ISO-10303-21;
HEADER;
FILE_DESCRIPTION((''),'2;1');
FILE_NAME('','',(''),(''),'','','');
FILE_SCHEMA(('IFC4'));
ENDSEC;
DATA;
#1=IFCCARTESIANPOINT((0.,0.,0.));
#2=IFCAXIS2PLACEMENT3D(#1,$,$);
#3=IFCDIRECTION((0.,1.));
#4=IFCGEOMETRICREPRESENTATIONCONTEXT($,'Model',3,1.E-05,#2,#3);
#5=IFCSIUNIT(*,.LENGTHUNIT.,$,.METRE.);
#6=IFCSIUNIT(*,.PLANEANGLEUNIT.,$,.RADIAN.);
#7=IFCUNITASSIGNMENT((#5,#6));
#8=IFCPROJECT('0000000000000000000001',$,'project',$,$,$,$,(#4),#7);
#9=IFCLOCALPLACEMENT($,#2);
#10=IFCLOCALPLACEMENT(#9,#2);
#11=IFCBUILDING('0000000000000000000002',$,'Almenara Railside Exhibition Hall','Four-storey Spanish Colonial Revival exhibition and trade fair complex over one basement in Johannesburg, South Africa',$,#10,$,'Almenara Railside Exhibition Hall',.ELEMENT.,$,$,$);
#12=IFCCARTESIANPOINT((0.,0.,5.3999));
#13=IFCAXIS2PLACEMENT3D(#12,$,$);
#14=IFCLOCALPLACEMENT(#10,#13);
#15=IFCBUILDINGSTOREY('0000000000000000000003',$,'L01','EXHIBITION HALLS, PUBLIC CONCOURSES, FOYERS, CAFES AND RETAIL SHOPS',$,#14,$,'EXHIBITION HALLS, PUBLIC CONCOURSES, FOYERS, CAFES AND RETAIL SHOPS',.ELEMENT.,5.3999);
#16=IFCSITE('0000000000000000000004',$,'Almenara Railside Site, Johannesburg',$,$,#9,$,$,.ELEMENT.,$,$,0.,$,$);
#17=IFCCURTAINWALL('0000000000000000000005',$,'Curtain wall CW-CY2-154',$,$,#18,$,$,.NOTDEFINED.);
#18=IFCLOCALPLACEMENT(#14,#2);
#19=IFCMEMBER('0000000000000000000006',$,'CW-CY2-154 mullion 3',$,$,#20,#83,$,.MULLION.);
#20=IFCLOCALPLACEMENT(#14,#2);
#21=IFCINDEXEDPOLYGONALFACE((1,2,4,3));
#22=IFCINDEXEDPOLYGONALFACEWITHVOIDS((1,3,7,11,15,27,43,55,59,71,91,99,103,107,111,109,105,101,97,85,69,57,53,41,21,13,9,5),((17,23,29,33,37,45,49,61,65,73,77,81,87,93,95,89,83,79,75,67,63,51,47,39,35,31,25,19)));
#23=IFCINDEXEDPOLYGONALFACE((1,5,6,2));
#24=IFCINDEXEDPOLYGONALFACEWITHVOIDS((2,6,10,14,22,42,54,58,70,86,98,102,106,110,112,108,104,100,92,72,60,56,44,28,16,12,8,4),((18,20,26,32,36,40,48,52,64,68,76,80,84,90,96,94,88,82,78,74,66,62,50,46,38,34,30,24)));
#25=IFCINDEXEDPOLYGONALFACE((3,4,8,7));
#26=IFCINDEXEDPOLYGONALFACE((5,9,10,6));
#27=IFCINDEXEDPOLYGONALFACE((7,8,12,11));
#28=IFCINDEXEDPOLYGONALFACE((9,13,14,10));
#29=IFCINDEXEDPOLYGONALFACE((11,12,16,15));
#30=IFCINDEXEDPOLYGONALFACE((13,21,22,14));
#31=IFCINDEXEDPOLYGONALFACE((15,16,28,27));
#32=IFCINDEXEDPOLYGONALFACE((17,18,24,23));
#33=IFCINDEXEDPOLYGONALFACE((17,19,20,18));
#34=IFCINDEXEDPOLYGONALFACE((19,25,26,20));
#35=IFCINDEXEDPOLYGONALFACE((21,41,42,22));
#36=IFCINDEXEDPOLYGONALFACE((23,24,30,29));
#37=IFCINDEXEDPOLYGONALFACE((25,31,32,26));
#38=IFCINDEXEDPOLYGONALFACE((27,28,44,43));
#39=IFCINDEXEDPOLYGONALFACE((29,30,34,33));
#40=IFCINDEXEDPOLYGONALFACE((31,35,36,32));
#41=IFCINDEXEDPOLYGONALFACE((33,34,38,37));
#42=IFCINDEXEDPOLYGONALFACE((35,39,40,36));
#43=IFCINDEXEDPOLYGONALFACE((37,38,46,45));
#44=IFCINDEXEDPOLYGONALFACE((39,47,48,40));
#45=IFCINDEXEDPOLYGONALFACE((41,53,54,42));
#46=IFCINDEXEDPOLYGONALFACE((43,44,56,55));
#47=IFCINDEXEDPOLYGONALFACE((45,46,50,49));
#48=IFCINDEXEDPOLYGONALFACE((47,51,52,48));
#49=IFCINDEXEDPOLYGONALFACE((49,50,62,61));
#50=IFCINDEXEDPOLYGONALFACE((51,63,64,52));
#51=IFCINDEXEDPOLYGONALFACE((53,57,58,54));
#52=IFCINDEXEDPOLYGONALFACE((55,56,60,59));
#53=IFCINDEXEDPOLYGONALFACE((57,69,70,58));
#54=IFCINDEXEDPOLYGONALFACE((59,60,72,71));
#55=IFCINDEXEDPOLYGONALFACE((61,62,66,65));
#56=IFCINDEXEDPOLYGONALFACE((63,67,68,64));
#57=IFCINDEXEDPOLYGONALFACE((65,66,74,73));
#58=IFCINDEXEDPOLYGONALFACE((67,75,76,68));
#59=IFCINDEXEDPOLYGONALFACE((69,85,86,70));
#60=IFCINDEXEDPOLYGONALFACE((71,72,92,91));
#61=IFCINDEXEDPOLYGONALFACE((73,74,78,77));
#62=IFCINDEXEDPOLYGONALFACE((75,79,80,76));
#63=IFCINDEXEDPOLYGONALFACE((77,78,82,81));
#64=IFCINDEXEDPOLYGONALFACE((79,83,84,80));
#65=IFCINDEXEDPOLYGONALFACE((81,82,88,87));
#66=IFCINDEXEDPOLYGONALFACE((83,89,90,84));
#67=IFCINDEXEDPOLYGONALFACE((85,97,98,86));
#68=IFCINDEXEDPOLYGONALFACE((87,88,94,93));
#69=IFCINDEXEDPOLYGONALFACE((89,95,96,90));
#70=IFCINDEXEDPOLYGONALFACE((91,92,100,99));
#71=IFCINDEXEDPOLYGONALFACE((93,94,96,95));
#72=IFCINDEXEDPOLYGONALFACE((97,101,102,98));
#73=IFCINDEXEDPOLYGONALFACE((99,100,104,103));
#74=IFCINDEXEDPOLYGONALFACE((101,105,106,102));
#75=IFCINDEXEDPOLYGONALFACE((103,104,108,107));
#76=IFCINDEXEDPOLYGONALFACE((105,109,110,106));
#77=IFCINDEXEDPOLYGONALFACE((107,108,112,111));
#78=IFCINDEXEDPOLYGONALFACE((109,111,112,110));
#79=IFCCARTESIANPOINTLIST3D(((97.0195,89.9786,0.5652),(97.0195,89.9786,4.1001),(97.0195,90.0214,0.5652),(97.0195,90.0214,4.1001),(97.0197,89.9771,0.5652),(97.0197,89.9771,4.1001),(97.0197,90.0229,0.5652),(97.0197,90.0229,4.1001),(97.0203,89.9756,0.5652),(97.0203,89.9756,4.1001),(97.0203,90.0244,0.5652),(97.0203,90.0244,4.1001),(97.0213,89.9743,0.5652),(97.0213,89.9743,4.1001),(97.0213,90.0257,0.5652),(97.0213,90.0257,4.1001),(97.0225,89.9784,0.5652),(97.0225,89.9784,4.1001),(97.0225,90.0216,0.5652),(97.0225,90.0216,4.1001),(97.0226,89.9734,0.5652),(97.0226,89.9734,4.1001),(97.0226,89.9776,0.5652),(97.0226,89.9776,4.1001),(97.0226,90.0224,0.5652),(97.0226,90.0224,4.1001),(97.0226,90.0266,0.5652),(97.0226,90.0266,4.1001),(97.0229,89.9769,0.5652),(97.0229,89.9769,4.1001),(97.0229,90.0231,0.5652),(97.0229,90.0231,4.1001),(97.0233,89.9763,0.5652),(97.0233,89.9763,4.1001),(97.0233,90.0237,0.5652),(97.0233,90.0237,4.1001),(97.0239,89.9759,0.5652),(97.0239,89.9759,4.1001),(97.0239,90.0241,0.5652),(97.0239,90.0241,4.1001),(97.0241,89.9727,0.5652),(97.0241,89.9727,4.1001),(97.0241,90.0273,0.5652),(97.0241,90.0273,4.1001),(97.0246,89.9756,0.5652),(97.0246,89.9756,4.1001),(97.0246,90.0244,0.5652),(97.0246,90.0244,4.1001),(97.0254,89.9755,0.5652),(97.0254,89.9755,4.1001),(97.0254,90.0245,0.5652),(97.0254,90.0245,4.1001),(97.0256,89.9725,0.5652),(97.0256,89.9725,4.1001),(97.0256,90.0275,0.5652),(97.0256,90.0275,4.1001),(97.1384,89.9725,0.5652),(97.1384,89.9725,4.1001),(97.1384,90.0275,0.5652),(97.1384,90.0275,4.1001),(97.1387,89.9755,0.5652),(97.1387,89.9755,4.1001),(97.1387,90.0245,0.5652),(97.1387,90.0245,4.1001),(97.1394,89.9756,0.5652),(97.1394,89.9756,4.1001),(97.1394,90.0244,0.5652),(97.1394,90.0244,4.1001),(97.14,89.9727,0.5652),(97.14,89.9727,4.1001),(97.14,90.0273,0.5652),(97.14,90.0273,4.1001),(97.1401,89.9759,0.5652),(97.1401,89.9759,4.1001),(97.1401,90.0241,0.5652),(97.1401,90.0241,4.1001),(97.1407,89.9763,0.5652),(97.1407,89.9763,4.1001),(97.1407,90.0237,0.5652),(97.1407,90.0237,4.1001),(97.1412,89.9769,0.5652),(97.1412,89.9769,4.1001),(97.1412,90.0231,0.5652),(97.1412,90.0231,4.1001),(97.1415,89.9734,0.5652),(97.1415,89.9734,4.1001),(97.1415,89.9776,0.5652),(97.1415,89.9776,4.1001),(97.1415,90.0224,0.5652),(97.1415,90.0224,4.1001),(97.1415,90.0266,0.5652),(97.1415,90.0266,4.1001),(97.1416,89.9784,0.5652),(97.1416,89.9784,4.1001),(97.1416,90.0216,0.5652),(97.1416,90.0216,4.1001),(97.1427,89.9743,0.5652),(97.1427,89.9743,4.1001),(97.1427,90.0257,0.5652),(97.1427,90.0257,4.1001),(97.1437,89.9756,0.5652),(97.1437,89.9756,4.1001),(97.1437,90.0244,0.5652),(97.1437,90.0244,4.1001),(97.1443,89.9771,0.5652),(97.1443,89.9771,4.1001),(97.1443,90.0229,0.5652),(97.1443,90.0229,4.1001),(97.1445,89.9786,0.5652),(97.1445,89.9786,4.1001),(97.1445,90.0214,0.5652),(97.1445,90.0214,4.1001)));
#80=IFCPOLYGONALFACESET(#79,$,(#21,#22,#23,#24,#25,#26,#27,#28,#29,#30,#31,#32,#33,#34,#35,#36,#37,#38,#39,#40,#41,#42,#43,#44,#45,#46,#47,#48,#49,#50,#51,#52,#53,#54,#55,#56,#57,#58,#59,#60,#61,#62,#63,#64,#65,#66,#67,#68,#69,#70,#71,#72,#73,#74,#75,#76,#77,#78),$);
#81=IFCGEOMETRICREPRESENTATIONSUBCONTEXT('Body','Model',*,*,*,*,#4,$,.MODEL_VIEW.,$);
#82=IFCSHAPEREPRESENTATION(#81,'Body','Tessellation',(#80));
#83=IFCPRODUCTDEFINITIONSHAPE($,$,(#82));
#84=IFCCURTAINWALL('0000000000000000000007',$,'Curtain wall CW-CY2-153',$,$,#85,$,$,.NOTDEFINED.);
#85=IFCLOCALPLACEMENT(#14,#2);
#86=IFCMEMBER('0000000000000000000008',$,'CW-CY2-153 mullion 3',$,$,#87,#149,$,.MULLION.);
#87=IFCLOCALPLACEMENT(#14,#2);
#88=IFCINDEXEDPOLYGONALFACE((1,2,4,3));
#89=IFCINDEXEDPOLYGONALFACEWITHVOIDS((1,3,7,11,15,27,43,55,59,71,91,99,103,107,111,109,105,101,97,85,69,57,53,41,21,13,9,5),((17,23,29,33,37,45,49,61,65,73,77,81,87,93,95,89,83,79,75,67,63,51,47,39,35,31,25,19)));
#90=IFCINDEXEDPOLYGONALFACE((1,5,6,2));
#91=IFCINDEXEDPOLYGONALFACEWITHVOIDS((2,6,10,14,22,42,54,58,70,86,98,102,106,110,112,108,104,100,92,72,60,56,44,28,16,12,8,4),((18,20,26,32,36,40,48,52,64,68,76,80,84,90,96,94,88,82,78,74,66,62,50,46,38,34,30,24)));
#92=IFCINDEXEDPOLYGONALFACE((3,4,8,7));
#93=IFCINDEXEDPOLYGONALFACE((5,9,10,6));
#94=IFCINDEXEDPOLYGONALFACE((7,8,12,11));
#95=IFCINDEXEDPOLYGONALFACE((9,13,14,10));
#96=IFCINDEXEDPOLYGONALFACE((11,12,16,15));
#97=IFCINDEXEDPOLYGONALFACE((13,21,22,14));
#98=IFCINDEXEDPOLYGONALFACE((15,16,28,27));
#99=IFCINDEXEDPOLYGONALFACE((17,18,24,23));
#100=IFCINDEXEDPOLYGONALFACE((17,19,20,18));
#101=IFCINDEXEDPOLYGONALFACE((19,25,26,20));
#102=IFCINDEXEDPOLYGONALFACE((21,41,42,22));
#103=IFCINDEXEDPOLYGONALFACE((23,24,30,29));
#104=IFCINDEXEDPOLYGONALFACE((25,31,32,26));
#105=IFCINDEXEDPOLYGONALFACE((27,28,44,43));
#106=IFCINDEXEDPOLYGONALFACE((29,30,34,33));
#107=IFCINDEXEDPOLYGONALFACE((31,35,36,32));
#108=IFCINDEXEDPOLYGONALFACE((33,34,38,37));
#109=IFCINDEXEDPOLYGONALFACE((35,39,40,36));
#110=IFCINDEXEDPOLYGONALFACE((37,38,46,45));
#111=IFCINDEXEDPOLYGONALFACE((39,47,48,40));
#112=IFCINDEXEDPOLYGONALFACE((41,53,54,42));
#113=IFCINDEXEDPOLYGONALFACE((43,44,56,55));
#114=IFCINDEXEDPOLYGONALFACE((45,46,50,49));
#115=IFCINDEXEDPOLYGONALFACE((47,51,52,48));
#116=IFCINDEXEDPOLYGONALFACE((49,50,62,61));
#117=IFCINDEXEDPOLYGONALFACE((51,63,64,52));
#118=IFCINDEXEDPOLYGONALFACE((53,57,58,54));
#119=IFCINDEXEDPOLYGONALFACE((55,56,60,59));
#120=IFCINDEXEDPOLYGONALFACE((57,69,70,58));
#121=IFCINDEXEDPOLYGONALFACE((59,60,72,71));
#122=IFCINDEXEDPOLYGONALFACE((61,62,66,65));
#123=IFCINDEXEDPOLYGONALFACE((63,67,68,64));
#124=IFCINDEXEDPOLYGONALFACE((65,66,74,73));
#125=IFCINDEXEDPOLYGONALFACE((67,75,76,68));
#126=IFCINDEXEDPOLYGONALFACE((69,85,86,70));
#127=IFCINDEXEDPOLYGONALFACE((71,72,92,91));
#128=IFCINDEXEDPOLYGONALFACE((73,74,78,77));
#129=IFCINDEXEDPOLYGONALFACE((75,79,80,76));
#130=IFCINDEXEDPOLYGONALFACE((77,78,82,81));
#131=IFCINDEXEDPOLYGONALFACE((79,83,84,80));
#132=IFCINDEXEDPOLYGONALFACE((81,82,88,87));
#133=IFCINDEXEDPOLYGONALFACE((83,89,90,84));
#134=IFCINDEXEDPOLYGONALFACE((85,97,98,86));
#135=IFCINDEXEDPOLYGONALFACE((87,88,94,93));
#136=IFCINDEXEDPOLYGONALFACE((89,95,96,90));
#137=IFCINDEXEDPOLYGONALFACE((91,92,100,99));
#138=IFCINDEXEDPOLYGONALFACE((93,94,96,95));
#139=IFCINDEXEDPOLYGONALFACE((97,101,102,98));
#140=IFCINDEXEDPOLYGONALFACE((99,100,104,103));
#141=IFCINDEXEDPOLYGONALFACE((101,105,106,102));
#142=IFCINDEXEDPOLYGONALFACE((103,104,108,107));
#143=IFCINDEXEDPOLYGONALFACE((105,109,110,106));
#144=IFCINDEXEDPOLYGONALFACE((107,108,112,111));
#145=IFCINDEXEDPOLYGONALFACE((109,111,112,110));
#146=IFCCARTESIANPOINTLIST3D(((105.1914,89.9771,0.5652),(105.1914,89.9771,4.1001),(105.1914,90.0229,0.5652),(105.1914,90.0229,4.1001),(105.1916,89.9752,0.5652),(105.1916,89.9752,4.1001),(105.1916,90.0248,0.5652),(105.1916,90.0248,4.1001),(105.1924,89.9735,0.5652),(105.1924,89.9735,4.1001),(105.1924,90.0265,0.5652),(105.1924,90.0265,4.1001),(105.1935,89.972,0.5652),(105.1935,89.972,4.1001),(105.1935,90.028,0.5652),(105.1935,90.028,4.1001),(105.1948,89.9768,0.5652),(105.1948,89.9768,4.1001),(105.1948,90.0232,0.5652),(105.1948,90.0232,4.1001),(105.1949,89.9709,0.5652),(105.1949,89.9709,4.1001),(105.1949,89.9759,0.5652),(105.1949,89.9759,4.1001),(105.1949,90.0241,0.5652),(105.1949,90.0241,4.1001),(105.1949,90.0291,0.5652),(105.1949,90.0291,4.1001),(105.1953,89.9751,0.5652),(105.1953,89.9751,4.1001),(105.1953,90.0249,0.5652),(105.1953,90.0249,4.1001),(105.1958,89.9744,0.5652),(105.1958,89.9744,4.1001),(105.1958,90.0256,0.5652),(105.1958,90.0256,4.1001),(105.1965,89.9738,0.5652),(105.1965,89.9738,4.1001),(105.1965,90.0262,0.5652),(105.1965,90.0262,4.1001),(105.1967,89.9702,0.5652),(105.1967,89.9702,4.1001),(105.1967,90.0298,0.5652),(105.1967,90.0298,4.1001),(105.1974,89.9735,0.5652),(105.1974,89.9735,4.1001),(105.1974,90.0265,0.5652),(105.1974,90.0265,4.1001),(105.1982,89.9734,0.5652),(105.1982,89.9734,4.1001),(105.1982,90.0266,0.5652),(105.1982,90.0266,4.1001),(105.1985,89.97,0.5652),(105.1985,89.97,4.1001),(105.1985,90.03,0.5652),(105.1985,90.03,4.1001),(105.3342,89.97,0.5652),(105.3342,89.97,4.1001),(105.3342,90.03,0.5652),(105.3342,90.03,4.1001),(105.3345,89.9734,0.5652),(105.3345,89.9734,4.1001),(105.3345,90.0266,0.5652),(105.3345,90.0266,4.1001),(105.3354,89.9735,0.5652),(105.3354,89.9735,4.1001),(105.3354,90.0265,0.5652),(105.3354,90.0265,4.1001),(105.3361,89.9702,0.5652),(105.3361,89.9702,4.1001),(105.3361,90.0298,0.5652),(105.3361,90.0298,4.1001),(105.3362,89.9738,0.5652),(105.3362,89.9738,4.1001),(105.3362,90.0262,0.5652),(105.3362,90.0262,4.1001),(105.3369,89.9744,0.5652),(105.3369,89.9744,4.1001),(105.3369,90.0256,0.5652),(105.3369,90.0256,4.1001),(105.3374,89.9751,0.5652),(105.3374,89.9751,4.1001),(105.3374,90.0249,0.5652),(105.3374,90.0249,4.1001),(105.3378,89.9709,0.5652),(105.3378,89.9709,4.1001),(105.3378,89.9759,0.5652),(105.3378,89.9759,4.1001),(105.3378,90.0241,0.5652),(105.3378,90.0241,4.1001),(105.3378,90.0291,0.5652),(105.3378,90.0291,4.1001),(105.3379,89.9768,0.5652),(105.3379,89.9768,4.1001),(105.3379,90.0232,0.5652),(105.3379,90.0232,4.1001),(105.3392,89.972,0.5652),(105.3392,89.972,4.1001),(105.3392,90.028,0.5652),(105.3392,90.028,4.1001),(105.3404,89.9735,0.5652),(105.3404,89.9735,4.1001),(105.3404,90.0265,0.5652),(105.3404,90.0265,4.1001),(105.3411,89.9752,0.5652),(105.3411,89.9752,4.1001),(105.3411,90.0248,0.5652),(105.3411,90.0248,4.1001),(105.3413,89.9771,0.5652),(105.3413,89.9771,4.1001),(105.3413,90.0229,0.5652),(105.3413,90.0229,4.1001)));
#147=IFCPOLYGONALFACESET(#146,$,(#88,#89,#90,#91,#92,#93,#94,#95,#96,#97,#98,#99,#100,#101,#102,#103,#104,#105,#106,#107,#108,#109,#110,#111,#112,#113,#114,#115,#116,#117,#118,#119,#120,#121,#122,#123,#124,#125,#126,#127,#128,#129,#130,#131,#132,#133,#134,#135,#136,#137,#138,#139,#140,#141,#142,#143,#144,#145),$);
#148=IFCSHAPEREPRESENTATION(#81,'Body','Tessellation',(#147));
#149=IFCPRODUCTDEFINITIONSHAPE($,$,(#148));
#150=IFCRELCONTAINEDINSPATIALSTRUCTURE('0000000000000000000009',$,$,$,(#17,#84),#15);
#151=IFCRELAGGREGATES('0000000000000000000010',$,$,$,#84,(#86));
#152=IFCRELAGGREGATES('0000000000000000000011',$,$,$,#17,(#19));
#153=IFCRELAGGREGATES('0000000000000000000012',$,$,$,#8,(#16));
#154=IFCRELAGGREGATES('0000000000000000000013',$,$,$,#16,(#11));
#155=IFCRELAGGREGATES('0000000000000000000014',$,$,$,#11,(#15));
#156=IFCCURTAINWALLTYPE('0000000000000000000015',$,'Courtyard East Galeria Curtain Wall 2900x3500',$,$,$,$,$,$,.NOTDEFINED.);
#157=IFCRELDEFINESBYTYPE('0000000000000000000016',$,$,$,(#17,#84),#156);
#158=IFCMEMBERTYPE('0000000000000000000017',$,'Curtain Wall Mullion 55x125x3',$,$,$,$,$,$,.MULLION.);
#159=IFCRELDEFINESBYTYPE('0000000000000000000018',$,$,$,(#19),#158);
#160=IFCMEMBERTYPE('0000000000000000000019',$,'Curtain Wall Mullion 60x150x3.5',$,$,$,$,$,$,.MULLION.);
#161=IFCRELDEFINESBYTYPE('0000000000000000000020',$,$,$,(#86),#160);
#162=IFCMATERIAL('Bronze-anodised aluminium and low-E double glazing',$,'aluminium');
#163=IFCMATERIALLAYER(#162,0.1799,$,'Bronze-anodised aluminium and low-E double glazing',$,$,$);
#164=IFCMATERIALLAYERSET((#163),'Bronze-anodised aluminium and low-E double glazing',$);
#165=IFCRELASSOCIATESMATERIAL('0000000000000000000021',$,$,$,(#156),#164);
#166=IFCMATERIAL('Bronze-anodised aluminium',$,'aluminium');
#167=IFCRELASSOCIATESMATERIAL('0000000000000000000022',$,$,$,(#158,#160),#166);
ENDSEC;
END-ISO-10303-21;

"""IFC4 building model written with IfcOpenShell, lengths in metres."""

from ifc_helpers import new_model, si_unit, direction, frame, origin, origin_2d, place, context, subcontext, project, spatial, hollow_rectangle, extrude, material, layer, layer_set, material_profile, profile_set, type_object, element, aggregate, save


model = new_model("IFC4")

# Units and contexts
model_context = context("Model", 3, precision=1e-05, world=origin(), true_north=direction((0.0, 1.0)))
body_context = subcontext(model_context, "Body", "Model", "MODEL_VIEW")
ifc_project = project(units=[si_unit("LENGTHUNIT", "METRE"), si_unit("PLANEANGLEUNIT", "RADIAN")], contexts=[model_context])

# Site, building, storey
site_placement = place(None, origin())
site = spatial("IfcSite", under=ifc_project, at=site_placement, Name="Almenara Railside Site, Johannesburg", CompositionType="ELEMENT", RefElevation=0.0)
building_placement = place(site_placement, origin())
building = spatial("IfcBuilding", under=site, at=building_placement, Name="Almenara Railside Exhibition Hall", Description="Four-storey Spanish Colonial Revival exhibition and trade fair complex over one basement in Johannesburg, South Africa", LongName="Almenara Railside Exhibition Hall", CompositionType="ELEMENT")
storey_placement = place(building_placement, frame((0.0, 0.0, 5.3999)))
storey = spatial("IfcBuildingStorey", under=building, at=storey_placement, Name="L01", Description="EXHIBITION HALLS, PUBLIC CONCOURSES, FOYERS, CAFES AND RETAIL SHOPS", LongName="EXHIBITION HALLS, PUBLIC CONCOURSES, FOYERS, CAFES AND RETAIL SHOPS", CompositionType="ELEMENT", Elevation=5.3999)

# Curtain wall, member
ifc_material_1 = material(Name="Bronze-anodised aluminium and low-E double glazing", Category="aluminium")
ifc_layer_1 = layer(ifc_material_1, 0.1799, Name="Bronze-anodised aluminium and low-E double glazing")
ifc_layer_set_1 = layer_set([ifc_layer_1], Name="Bronze-anodised aluminium and low-E double glazing")
curtain_wall_type = type_object("IfcCurtainWallType", Name="Courtyard East Galeria Curtain Wall 2900x3500", PredefinedType="NOTDEFINED", material=ifc_layer_set_1)
curtain_wall_1_placement = place(storey_placement, origin())
curtain_wall_1 = element("IfcCurtainWall", 1, at=curtain_wall_1_placement, inside=storey, type_object=curtain_wall_type, Name="Curtain wall CW-CY2-154", PredefinedType="NOTDEFINED")
ifc_material_2 = material(Name="Bronze-anodised aluminium", Category="aluminium")
ifc_material_profile_1 = material_profile(ifc_material_2, hollow_rectangle(XDim=0.0549, YDim=0.125, WallThickness=0.0029, InnerFilletRadius=0.0029, OuterFilletRadius=0.0061, at=origin_2d()), Name="ALU-MUL 55x125x3")
ifc_profile_set_1 = profile_set([ifc_material_profile_1], Name="Bronze-anodised aluminium")
member_type_1 = type_object("IfcMemberType", Name="Curtain Wall Mullion 55x125x3", PredefinedType="MULLION", material=ifc_profile_set_1)
member_1_placement = place(storey_placement, frame((97.082, 90.0, 0.5652), z_axis=(0.0, 0.0, 1.0), x_axis=(0.0, -1.0, 0.0)))
member_1 = element("IfcMember", 2, at=member_1_placement, type_object=member_type_1, Name="CW-CY2-154 mullion 3", PredefinedType="MULLION", context=body_context, shape_type="SweptSolid", body=[
    extrude(hollow_rectangle(XDim=0.0549, YDim=0.125, WallThickness=0.0029, InnerFilletRadius=0.0029, OuterFilletRadius=0.0061, at=origin_2d()), origin(), (0.0, 0.0, 1.0), 3.5349),
])

# Curtain wall, member
curtain_wall_2_placement = place(storey_placement, origin())
curtain_wall_2 = element("IfcCurtainWall", 3, at=curtain_wall_2_placement, inside=storey, type_object=curtain_wall_type, Name="Curtain wall CW-CY2-153", PredefinedType="NOTDEFINED")
ifc_material_profile_2 = material_profile(ifc_material_2, hollow_rectangle(XDim=0.0601, YDim=0.1499, WallThickness=0.0034, InnerFilletRadius=0.0034, OuterFilletRadius=0.0071, at=origin_2d()), Name="ALU-MUL 60x150x3.5")
ifc_profile_set_2 = profile_set([ifc_material_profile_2], Name="Bronze-anodised aluminium")
member_type_2 = type_object("IfcMemberType", Name="Curtain Wall Mullion 60x150x3.5", PredefinedType="MULLION", material=ifc_profile_set_2)
member_2_placement = place(storey_placement, frame((105.2664, 90.0, 0.5652), z_axis=(0.0, 0.0, 1.0), x_axis=(0.0, -1.0, 0.0)))
member_2 = element("IfcMember", 4, at=member_2_placement, type_object=member_type_2, Name="CW-CY2-153 mullion 3", PredefinedType="MULLION", context=body_context, shape_type="SweptSolid", body=[
    extrude(hollow_rectangle(XDim=0.0601, YDim=0.1499, WallThickness=0.0034, InnerFilletRadius=0.0034, OuterFilletRadius=0.0071, at=origin_2d()), origin(), (0.0, 0.0, 1.0), 3.5349),
])

aggregate(curtain_wall_2, [member_2])
aggregate(curtain_wall_1, [member_1])

save(model, "model.ifc")
